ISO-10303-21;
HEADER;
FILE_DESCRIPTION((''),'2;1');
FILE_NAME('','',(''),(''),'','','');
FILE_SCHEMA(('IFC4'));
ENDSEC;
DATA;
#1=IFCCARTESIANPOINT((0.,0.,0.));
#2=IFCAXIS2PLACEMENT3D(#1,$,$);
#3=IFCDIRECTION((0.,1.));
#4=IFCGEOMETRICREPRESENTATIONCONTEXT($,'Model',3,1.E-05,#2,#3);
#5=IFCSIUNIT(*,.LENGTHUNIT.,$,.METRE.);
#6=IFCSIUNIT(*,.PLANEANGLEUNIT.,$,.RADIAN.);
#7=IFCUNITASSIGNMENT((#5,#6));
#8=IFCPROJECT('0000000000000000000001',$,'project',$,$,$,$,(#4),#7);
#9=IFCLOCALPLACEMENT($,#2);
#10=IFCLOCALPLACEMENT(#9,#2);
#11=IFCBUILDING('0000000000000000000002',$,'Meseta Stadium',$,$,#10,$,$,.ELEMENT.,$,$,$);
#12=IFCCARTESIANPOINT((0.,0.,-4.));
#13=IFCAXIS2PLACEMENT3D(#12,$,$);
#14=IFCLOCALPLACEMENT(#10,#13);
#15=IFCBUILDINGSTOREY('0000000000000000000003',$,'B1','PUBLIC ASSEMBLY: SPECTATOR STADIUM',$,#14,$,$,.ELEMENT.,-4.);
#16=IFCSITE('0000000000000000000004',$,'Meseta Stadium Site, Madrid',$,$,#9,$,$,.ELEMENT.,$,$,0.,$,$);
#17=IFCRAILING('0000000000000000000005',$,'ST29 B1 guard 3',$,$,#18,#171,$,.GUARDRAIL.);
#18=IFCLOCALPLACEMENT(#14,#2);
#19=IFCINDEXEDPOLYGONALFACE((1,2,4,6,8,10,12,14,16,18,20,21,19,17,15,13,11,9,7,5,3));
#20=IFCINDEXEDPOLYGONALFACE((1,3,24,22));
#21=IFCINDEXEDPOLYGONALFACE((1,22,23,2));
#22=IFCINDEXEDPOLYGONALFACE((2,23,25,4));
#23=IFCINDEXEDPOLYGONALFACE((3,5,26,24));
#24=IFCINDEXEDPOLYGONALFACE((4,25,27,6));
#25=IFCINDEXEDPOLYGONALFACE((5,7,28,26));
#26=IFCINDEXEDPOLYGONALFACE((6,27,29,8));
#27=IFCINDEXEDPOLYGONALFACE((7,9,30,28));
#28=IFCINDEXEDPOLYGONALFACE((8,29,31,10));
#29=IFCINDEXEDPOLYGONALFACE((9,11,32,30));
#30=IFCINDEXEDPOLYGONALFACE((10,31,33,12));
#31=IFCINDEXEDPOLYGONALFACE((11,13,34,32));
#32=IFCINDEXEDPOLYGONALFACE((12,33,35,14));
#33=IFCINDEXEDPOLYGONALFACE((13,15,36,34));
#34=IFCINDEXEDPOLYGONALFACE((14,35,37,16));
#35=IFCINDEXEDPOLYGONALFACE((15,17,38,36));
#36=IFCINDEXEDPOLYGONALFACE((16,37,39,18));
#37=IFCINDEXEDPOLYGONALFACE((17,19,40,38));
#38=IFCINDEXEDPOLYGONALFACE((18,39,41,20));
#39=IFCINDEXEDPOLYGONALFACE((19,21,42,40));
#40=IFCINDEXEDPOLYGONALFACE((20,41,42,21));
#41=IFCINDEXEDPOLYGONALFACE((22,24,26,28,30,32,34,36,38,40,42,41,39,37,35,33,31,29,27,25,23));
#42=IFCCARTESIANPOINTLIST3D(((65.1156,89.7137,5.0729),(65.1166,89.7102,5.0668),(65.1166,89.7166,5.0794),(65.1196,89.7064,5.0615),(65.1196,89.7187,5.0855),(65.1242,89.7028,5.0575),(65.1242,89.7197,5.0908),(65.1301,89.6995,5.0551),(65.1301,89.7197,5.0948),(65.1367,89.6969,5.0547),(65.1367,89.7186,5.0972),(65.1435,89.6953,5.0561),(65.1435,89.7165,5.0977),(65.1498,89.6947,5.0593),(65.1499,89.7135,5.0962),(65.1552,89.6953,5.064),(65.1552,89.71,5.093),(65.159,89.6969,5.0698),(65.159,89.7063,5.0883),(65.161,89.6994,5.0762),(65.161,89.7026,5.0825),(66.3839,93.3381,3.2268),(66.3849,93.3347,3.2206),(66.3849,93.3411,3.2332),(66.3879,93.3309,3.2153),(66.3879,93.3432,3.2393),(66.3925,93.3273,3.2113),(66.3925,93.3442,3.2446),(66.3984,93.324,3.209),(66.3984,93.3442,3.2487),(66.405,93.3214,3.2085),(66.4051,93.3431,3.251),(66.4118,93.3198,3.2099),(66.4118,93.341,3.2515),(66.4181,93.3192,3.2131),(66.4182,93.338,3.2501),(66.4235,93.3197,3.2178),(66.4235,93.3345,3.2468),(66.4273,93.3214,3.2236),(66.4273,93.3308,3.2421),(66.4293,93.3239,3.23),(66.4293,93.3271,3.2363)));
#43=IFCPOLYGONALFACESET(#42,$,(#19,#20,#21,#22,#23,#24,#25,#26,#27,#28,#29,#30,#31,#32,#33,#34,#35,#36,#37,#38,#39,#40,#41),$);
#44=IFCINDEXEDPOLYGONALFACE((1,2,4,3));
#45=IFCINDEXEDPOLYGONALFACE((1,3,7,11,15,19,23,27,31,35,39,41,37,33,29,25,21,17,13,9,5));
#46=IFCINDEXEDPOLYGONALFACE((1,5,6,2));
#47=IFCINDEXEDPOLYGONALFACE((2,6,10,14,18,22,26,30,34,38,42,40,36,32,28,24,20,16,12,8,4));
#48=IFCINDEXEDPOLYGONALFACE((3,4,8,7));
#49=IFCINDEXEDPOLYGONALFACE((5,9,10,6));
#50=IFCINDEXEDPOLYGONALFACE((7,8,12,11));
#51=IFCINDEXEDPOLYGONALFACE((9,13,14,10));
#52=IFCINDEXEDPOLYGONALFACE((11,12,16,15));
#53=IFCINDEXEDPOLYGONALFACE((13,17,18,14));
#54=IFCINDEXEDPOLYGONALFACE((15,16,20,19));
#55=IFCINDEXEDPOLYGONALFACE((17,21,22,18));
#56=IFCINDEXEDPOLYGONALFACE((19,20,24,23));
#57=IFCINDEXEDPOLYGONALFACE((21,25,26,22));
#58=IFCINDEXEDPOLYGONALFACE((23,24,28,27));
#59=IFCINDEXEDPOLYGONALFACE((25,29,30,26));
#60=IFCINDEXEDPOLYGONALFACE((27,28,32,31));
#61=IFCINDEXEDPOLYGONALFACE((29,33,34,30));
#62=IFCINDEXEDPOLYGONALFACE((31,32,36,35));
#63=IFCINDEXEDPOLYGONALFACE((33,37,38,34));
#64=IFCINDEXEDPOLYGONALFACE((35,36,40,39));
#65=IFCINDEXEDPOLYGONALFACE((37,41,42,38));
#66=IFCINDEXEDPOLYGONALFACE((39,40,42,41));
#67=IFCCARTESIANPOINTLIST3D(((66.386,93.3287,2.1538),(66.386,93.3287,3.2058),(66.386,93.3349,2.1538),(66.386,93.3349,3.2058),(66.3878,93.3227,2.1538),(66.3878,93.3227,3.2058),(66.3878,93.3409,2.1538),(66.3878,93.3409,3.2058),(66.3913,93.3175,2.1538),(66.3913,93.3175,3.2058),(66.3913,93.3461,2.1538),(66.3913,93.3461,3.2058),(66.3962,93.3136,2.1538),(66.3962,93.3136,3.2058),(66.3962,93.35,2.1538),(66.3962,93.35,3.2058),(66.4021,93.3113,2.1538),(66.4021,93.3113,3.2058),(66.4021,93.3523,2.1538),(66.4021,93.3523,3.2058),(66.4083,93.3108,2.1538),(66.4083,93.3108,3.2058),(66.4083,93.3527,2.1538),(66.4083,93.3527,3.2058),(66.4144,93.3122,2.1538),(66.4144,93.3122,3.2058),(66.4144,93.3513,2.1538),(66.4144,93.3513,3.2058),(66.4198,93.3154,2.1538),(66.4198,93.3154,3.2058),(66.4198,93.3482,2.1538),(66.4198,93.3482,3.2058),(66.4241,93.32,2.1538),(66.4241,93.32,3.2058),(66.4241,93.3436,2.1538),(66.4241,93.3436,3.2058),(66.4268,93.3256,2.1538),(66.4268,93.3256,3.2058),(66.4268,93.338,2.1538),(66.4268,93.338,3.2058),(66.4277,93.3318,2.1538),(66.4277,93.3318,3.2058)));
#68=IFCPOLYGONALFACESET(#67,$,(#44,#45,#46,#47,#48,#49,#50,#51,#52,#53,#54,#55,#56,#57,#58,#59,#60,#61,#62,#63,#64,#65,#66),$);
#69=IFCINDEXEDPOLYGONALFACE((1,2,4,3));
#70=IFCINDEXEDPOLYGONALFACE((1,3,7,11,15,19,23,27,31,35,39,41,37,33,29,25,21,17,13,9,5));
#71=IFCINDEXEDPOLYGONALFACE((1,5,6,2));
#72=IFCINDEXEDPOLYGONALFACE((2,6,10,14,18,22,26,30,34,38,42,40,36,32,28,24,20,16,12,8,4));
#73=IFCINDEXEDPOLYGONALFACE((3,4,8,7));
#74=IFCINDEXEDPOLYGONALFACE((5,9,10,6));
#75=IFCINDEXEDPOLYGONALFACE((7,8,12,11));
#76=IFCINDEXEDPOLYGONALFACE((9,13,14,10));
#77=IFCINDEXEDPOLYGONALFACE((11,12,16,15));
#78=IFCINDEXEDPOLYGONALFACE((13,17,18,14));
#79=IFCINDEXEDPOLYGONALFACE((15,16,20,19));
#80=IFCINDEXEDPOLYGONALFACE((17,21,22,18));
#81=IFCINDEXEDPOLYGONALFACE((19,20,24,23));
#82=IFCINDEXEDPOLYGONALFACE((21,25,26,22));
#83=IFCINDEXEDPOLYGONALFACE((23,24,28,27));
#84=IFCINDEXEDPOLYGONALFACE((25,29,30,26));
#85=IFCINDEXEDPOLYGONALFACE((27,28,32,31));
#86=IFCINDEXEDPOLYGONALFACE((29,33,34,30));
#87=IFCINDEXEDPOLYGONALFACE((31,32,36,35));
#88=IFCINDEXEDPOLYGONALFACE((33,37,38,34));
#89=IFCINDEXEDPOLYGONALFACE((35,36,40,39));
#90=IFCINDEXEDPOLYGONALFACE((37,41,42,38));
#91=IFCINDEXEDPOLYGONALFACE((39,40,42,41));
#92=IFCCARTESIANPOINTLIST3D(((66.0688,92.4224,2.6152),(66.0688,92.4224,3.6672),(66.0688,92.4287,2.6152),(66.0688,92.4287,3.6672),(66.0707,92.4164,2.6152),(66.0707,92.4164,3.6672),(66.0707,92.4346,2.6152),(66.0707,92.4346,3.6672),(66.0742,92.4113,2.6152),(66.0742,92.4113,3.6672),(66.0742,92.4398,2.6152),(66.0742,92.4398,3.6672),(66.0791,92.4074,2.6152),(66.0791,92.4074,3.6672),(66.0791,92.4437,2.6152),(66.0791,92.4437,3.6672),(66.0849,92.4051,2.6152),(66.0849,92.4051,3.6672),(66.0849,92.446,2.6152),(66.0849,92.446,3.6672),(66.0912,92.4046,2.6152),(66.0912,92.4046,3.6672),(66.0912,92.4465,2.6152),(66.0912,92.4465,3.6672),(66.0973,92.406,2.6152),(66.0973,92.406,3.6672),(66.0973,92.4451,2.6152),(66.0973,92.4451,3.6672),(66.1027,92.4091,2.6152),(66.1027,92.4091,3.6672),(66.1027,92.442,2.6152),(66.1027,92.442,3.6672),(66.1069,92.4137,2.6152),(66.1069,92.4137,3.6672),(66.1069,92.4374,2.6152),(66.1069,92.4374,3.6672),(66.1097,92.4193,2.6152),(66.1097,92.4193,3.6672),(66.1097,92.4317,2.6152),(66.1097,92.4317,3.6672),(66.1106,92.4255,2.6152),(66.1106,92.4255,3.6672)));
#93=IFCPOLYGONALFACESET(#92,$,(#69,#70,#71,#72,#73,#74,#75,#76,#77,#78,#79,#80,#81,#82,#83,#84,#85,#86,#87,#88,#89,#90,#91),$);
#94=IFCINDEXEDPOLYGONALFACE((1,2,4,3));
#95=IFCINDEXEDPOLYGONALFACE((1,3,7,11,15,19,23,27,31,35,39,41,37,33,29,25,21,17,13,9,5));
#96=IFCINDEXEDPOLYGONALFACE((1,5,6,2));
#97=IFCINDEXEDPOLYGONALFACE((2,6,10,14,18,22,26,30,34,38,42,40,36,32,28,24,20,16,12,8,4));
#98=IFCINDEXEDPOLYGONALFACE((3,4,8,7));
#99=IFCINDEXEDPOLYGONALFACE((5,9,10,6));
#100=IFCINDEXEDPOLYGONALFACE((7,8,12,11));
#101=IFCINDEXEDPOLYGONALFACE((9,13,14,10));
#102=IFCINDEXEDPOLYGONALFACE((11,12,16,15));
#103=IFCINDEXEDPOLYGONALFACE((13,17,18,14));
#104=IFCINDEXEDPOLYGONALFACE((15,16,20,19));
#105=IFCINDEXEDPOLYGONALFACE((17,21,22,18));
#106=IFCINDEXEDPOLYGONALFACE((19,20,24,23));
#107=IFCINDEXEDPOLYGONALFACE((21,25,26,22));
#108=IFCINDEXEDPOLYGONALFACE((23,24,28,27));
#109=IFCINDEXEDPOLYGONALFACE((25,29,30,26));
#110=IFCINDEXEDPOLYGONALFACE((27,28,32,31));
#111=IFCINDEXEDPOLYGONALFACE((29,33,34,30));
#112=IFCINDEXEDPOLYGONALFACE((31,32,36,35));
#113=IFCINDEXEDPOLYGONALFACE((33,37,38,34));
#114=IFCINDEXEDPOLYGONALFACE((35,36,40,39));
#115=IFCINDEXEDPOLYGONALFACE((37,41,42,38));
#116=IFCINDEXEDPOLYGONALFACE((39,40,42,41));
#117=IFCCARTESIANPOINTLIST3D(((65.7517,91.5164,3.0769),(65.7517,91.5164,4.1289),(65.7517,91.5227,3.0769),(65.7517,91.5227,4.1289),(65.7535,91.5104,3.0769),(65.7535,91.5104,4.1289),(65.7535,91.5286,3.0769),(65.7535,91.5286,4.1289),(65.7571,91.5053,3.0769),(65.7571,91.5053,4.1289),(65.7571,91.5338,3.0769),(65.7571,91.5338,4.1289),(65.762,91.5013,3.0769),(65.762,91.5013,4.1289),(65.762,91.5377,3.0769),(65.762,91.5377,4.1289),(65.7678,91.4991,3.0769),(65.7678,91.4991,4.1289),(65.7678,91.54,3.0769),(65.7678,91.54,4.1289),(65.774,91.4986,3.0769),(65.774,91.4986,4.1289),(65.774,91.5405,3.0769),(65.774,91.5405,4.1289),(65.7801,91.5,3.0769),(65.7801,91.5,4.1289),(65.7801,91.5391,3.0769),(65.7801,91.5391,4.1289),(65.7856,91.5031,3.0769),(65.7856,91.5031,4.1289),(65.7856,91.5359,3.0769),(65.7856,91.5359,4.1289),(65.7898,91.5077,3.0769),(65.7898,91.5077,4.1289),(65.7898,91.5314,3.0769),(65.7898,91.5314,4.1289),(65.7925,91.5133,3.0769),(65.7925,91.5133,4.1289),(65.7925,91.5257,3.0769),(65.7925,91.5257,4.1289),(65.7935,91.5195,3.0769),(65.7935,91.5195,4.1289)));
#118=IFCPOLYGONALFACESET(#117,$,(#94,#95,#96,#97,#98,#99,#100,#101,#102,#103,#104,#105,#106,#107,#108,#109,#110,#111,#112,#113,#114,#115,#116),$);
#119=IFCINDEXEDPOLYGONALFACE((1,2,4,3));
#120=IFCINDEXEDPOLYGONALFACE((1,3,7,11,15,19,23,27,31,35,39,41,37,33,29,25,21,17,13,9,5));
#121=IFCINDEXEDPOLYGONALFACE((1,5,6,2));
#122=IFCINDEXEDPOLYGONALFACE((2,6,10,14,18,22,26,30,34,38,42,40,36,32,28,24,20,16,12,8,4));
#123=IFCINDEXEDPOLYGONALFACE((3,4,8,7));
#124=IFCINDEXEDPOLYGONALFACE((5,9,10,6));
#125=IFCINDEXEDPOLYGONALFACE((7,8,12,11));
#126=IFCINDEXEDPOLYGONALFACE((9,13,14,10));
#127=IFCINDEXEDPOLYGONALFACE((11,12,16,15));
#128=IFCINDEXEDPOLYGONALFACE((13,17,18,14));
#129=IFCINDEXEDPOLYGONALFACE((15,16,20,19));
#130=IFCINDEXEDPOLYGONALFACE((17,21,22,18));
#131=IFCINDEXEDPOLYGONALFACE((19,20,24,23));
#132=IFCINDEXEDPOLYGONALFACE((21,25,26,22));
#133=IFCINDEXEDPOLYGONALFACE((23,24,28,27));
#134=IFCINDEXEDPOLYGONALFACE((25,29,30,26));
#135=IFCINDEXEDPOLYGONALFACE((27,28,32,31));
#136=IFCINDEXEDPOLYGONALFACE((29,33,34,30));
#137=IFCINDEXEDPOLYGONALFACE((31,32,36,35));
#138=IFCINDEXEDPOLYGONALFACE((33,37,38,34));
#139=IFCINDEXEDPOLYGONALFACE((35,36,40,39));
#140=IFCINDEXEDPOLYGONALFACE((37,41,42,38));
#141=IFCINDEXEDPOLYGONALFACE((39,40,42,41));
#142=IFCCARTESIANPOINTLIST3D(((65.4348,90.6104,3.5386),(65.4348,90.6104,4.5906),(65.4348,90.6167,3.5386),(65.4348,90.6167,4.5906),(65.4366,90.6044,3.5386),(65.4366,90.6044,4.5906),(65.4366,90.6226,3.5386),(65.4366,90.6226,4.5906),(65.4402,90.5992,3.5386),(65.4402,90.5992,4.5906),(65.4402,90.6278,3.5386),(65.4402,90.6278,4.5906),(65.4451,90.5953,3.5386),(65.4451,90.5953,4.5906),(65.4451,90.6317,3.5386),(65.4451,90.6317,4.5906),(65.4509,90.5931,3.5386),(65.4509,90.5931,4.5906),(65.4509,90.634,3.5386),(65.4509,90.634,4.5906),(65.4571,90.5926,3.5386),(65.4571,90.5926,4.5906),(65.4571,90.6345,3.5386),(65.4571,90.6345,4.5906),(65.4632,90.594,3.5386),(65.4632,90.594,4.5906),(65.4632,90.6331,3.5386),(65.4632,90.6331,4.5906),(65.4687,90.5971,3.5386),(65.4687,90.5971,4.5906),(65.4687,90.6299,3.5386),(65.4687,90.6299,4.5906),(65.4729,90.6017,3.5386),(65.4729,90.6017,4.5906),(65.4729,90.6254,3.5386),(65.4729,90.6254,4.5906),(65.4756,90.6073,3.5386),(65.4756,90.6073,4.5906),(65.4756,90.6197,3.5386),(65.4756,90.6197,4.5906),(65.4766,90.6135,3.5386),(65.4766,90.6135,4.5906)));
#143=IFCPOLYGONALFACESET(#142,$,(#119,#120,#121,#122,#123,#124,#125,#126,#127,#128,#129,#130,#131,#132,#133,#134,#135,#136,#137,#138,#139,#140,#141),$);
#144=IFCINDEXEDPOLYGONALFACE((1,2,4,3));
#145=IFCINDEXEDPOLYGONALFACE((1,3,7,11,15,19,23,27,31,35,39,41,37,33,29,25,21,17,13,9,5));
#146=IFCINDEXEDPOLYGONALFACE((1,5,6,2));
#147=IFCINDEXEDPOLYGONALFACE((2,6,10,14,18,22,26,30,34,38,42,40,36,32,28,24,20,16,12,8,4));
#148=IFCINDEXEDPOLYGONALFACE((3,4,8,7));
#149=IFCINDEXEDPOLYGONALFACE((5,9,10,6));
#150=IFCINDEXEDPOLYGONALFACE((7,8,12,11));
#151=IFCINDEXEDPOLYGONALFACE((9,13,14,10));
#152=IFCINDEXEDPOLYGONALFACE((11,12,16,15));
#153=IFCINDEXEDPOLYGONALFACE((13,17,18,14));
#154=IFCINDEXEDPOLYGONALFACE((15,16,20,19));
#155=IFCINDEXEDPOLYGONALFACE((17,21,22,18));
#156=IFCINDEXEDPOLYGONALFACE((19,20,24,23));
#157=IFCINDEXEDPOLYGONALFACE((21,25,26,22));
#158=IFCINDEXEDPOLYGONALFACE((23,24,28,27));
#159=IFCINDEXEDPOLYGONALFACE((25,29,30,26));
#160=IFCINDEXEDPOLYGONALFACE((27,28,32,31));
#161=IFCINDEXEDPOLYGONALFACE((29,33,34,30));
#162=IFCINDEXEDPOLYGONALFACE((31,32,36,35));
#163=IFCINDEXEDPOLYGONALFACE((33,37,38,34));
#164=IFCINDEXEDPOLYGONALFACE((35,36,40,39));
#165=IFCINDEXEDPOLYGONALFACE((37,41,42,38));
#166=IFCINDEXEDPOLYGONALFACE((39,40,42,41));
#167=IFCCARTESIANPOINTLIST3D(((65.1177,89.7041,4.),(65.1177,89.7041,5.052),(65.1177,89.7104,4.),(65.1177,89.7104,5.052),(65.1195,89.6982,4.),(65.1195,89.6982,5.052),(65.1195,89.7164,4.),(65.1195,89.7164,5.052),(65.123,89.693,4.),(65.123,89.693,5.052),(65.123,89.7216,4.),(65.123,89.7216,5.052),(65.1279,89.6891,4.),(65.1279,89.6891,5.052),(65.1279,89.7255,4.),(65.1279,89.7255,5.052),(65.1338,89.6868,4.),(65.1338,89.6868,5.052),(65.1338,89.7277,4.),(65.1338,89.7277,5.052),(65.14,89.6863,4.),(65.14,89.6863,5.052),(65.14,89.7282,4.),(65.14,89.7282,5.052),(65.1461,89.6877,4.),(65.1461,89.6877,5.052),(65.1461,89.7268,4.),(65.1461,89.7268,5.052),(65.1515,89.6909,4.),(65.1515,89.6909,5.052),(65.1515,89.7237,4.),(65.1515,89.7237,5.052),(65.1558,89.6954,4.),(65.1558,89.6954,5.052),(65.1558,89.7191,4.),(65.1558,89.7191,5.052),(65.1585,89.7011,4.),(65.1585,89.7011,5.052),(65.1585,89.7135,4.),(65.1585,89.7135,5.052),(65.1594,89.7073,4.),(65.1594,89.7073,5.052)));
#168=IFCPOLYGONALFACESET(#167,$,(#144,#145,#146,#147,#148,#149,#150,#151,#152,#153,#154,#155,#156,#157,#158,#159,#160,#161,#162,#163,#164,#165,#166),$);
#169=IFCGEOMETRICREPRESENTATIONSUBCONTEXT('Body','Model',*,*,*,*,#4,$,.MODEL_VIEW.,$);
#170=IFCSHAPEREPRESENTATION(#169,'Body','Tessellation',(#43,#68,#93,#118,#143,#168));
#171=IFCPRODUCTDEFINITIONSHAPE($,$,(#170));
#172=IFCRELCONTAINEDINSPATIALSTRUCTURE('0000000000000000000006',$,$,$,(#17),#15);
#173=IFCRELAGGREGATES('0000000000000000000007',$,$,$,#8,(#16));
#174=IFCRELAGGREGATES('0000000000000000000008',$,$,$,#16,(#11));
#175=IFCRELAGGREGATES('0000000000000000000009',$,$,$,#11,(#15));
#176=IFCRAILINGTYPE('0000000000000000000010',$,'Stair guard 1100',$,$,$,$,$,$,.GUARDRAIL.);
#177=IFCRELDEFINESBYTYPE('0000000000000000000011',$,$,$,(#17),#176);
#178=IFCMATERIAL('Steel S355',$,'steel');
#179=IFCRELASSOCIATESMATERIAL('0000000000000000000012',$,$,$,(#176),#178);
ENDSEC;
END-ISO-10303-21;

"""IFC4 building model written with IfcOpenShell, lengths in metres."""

from ifc_helpers import new_model, si_unit, direction, frame, origin, origin_2d, place, context, subcontext, project, spatial, circle, extrude, material, type_object, element, save


model = new_model("IFC4")

# Units and contexts
model_context = context("Model", 3, precision=1e-05, world=origin(), true_north=direction((0.0, 1.0)))
body_context = subcontext(model_context, "Body", "Model", "MODEL_VIEW")
ifc_project = project(units=[si_unit("LENGTHUNIT", "METRE"), si_unit("PLANEANGLEUNIT", "RADIAN")], contexts=[model_context])

# Site, building, storey
site_placement = place(None, origin())
site = spatial("IfcSite", under=ifc_project, at=site_placement, Name="Meseta Stadium Site, Madrid", CompositionType="ELEMENT", RefElevation=0.0)
building_placement = place(site_placement, origin())
building = spatial("IfcBuilding", under=site, at=building_placement, Name="Meseta Stadium", CompositionType="ELEMENT")
storey_placement = place(building_placement, frame((0.0, 0.0, -4.0)))
storey = spatial("IfcBuildingStorey", under=building, at=storey_placement, Name="B1", Description="PUBLIC ASSEMBLY: SPECTATOR STADIUM", CompositionType="ELEMENT", Elevation=-4.0)

# Railing
ifc_material_1 = material(Name="Steel S355", Category="steel")
railing_type_1 = type_object("IfcRailingType", Name="Stair guard 1100", PredefinedType="GUARDRAIL", material=ifc_material_1)
railing_1_placement = place(storey_placement, frame((66.4067, 93.3318, 2.1538)))
element("IfcRailing", 1, at=railing_1_placement, inside=storey, type_object=railing_type_1, Name="ST29 B1 guard 3", PredefinedType="GUARDRAIL", context=body_context, shape_type="SweptSolid", body=[
    extrude(circle(Radius=0.0239, at=origin_2d()), frame((0.0, 0.0, 1.0762), z_axis=(-0.297672, -0.850672, 0.4333), x_axis=(0.94388, -0.330288, 0.0)), (0.0, 0.0, 1.0), 4.2607),
    extrude(circle(Radius=0.021, at=origin_2d()), origin(), (0.0, 0.0, 1.0), 1.052),
    extrude(circle(Radius=0.021, at=origin_2d()), frame((-0.3171, -0.9062, 0.4614)), (0.0, 0.0, 1.0), 1.052),
    extrude(circle(Radius=0.021, at=origin_2d()), frame((-0.6343, -1.8123, 0.9231)), (0.0, 0.0, 1.0), 1.052),
    extrude(circle(Radius=0.021, at=origin_2d()), frame((-0.9512, -2.7183, 1.3848)), (0.0, 0.0, 1.0), 1.052),
    extrude(circle(Radius=0.021, at=origin_2d()), frame((-1.2683, -3.6245, 1.8462)), (0.0, 0.0, 1.0), 1.052),
])

save(model, "model.ifc")
